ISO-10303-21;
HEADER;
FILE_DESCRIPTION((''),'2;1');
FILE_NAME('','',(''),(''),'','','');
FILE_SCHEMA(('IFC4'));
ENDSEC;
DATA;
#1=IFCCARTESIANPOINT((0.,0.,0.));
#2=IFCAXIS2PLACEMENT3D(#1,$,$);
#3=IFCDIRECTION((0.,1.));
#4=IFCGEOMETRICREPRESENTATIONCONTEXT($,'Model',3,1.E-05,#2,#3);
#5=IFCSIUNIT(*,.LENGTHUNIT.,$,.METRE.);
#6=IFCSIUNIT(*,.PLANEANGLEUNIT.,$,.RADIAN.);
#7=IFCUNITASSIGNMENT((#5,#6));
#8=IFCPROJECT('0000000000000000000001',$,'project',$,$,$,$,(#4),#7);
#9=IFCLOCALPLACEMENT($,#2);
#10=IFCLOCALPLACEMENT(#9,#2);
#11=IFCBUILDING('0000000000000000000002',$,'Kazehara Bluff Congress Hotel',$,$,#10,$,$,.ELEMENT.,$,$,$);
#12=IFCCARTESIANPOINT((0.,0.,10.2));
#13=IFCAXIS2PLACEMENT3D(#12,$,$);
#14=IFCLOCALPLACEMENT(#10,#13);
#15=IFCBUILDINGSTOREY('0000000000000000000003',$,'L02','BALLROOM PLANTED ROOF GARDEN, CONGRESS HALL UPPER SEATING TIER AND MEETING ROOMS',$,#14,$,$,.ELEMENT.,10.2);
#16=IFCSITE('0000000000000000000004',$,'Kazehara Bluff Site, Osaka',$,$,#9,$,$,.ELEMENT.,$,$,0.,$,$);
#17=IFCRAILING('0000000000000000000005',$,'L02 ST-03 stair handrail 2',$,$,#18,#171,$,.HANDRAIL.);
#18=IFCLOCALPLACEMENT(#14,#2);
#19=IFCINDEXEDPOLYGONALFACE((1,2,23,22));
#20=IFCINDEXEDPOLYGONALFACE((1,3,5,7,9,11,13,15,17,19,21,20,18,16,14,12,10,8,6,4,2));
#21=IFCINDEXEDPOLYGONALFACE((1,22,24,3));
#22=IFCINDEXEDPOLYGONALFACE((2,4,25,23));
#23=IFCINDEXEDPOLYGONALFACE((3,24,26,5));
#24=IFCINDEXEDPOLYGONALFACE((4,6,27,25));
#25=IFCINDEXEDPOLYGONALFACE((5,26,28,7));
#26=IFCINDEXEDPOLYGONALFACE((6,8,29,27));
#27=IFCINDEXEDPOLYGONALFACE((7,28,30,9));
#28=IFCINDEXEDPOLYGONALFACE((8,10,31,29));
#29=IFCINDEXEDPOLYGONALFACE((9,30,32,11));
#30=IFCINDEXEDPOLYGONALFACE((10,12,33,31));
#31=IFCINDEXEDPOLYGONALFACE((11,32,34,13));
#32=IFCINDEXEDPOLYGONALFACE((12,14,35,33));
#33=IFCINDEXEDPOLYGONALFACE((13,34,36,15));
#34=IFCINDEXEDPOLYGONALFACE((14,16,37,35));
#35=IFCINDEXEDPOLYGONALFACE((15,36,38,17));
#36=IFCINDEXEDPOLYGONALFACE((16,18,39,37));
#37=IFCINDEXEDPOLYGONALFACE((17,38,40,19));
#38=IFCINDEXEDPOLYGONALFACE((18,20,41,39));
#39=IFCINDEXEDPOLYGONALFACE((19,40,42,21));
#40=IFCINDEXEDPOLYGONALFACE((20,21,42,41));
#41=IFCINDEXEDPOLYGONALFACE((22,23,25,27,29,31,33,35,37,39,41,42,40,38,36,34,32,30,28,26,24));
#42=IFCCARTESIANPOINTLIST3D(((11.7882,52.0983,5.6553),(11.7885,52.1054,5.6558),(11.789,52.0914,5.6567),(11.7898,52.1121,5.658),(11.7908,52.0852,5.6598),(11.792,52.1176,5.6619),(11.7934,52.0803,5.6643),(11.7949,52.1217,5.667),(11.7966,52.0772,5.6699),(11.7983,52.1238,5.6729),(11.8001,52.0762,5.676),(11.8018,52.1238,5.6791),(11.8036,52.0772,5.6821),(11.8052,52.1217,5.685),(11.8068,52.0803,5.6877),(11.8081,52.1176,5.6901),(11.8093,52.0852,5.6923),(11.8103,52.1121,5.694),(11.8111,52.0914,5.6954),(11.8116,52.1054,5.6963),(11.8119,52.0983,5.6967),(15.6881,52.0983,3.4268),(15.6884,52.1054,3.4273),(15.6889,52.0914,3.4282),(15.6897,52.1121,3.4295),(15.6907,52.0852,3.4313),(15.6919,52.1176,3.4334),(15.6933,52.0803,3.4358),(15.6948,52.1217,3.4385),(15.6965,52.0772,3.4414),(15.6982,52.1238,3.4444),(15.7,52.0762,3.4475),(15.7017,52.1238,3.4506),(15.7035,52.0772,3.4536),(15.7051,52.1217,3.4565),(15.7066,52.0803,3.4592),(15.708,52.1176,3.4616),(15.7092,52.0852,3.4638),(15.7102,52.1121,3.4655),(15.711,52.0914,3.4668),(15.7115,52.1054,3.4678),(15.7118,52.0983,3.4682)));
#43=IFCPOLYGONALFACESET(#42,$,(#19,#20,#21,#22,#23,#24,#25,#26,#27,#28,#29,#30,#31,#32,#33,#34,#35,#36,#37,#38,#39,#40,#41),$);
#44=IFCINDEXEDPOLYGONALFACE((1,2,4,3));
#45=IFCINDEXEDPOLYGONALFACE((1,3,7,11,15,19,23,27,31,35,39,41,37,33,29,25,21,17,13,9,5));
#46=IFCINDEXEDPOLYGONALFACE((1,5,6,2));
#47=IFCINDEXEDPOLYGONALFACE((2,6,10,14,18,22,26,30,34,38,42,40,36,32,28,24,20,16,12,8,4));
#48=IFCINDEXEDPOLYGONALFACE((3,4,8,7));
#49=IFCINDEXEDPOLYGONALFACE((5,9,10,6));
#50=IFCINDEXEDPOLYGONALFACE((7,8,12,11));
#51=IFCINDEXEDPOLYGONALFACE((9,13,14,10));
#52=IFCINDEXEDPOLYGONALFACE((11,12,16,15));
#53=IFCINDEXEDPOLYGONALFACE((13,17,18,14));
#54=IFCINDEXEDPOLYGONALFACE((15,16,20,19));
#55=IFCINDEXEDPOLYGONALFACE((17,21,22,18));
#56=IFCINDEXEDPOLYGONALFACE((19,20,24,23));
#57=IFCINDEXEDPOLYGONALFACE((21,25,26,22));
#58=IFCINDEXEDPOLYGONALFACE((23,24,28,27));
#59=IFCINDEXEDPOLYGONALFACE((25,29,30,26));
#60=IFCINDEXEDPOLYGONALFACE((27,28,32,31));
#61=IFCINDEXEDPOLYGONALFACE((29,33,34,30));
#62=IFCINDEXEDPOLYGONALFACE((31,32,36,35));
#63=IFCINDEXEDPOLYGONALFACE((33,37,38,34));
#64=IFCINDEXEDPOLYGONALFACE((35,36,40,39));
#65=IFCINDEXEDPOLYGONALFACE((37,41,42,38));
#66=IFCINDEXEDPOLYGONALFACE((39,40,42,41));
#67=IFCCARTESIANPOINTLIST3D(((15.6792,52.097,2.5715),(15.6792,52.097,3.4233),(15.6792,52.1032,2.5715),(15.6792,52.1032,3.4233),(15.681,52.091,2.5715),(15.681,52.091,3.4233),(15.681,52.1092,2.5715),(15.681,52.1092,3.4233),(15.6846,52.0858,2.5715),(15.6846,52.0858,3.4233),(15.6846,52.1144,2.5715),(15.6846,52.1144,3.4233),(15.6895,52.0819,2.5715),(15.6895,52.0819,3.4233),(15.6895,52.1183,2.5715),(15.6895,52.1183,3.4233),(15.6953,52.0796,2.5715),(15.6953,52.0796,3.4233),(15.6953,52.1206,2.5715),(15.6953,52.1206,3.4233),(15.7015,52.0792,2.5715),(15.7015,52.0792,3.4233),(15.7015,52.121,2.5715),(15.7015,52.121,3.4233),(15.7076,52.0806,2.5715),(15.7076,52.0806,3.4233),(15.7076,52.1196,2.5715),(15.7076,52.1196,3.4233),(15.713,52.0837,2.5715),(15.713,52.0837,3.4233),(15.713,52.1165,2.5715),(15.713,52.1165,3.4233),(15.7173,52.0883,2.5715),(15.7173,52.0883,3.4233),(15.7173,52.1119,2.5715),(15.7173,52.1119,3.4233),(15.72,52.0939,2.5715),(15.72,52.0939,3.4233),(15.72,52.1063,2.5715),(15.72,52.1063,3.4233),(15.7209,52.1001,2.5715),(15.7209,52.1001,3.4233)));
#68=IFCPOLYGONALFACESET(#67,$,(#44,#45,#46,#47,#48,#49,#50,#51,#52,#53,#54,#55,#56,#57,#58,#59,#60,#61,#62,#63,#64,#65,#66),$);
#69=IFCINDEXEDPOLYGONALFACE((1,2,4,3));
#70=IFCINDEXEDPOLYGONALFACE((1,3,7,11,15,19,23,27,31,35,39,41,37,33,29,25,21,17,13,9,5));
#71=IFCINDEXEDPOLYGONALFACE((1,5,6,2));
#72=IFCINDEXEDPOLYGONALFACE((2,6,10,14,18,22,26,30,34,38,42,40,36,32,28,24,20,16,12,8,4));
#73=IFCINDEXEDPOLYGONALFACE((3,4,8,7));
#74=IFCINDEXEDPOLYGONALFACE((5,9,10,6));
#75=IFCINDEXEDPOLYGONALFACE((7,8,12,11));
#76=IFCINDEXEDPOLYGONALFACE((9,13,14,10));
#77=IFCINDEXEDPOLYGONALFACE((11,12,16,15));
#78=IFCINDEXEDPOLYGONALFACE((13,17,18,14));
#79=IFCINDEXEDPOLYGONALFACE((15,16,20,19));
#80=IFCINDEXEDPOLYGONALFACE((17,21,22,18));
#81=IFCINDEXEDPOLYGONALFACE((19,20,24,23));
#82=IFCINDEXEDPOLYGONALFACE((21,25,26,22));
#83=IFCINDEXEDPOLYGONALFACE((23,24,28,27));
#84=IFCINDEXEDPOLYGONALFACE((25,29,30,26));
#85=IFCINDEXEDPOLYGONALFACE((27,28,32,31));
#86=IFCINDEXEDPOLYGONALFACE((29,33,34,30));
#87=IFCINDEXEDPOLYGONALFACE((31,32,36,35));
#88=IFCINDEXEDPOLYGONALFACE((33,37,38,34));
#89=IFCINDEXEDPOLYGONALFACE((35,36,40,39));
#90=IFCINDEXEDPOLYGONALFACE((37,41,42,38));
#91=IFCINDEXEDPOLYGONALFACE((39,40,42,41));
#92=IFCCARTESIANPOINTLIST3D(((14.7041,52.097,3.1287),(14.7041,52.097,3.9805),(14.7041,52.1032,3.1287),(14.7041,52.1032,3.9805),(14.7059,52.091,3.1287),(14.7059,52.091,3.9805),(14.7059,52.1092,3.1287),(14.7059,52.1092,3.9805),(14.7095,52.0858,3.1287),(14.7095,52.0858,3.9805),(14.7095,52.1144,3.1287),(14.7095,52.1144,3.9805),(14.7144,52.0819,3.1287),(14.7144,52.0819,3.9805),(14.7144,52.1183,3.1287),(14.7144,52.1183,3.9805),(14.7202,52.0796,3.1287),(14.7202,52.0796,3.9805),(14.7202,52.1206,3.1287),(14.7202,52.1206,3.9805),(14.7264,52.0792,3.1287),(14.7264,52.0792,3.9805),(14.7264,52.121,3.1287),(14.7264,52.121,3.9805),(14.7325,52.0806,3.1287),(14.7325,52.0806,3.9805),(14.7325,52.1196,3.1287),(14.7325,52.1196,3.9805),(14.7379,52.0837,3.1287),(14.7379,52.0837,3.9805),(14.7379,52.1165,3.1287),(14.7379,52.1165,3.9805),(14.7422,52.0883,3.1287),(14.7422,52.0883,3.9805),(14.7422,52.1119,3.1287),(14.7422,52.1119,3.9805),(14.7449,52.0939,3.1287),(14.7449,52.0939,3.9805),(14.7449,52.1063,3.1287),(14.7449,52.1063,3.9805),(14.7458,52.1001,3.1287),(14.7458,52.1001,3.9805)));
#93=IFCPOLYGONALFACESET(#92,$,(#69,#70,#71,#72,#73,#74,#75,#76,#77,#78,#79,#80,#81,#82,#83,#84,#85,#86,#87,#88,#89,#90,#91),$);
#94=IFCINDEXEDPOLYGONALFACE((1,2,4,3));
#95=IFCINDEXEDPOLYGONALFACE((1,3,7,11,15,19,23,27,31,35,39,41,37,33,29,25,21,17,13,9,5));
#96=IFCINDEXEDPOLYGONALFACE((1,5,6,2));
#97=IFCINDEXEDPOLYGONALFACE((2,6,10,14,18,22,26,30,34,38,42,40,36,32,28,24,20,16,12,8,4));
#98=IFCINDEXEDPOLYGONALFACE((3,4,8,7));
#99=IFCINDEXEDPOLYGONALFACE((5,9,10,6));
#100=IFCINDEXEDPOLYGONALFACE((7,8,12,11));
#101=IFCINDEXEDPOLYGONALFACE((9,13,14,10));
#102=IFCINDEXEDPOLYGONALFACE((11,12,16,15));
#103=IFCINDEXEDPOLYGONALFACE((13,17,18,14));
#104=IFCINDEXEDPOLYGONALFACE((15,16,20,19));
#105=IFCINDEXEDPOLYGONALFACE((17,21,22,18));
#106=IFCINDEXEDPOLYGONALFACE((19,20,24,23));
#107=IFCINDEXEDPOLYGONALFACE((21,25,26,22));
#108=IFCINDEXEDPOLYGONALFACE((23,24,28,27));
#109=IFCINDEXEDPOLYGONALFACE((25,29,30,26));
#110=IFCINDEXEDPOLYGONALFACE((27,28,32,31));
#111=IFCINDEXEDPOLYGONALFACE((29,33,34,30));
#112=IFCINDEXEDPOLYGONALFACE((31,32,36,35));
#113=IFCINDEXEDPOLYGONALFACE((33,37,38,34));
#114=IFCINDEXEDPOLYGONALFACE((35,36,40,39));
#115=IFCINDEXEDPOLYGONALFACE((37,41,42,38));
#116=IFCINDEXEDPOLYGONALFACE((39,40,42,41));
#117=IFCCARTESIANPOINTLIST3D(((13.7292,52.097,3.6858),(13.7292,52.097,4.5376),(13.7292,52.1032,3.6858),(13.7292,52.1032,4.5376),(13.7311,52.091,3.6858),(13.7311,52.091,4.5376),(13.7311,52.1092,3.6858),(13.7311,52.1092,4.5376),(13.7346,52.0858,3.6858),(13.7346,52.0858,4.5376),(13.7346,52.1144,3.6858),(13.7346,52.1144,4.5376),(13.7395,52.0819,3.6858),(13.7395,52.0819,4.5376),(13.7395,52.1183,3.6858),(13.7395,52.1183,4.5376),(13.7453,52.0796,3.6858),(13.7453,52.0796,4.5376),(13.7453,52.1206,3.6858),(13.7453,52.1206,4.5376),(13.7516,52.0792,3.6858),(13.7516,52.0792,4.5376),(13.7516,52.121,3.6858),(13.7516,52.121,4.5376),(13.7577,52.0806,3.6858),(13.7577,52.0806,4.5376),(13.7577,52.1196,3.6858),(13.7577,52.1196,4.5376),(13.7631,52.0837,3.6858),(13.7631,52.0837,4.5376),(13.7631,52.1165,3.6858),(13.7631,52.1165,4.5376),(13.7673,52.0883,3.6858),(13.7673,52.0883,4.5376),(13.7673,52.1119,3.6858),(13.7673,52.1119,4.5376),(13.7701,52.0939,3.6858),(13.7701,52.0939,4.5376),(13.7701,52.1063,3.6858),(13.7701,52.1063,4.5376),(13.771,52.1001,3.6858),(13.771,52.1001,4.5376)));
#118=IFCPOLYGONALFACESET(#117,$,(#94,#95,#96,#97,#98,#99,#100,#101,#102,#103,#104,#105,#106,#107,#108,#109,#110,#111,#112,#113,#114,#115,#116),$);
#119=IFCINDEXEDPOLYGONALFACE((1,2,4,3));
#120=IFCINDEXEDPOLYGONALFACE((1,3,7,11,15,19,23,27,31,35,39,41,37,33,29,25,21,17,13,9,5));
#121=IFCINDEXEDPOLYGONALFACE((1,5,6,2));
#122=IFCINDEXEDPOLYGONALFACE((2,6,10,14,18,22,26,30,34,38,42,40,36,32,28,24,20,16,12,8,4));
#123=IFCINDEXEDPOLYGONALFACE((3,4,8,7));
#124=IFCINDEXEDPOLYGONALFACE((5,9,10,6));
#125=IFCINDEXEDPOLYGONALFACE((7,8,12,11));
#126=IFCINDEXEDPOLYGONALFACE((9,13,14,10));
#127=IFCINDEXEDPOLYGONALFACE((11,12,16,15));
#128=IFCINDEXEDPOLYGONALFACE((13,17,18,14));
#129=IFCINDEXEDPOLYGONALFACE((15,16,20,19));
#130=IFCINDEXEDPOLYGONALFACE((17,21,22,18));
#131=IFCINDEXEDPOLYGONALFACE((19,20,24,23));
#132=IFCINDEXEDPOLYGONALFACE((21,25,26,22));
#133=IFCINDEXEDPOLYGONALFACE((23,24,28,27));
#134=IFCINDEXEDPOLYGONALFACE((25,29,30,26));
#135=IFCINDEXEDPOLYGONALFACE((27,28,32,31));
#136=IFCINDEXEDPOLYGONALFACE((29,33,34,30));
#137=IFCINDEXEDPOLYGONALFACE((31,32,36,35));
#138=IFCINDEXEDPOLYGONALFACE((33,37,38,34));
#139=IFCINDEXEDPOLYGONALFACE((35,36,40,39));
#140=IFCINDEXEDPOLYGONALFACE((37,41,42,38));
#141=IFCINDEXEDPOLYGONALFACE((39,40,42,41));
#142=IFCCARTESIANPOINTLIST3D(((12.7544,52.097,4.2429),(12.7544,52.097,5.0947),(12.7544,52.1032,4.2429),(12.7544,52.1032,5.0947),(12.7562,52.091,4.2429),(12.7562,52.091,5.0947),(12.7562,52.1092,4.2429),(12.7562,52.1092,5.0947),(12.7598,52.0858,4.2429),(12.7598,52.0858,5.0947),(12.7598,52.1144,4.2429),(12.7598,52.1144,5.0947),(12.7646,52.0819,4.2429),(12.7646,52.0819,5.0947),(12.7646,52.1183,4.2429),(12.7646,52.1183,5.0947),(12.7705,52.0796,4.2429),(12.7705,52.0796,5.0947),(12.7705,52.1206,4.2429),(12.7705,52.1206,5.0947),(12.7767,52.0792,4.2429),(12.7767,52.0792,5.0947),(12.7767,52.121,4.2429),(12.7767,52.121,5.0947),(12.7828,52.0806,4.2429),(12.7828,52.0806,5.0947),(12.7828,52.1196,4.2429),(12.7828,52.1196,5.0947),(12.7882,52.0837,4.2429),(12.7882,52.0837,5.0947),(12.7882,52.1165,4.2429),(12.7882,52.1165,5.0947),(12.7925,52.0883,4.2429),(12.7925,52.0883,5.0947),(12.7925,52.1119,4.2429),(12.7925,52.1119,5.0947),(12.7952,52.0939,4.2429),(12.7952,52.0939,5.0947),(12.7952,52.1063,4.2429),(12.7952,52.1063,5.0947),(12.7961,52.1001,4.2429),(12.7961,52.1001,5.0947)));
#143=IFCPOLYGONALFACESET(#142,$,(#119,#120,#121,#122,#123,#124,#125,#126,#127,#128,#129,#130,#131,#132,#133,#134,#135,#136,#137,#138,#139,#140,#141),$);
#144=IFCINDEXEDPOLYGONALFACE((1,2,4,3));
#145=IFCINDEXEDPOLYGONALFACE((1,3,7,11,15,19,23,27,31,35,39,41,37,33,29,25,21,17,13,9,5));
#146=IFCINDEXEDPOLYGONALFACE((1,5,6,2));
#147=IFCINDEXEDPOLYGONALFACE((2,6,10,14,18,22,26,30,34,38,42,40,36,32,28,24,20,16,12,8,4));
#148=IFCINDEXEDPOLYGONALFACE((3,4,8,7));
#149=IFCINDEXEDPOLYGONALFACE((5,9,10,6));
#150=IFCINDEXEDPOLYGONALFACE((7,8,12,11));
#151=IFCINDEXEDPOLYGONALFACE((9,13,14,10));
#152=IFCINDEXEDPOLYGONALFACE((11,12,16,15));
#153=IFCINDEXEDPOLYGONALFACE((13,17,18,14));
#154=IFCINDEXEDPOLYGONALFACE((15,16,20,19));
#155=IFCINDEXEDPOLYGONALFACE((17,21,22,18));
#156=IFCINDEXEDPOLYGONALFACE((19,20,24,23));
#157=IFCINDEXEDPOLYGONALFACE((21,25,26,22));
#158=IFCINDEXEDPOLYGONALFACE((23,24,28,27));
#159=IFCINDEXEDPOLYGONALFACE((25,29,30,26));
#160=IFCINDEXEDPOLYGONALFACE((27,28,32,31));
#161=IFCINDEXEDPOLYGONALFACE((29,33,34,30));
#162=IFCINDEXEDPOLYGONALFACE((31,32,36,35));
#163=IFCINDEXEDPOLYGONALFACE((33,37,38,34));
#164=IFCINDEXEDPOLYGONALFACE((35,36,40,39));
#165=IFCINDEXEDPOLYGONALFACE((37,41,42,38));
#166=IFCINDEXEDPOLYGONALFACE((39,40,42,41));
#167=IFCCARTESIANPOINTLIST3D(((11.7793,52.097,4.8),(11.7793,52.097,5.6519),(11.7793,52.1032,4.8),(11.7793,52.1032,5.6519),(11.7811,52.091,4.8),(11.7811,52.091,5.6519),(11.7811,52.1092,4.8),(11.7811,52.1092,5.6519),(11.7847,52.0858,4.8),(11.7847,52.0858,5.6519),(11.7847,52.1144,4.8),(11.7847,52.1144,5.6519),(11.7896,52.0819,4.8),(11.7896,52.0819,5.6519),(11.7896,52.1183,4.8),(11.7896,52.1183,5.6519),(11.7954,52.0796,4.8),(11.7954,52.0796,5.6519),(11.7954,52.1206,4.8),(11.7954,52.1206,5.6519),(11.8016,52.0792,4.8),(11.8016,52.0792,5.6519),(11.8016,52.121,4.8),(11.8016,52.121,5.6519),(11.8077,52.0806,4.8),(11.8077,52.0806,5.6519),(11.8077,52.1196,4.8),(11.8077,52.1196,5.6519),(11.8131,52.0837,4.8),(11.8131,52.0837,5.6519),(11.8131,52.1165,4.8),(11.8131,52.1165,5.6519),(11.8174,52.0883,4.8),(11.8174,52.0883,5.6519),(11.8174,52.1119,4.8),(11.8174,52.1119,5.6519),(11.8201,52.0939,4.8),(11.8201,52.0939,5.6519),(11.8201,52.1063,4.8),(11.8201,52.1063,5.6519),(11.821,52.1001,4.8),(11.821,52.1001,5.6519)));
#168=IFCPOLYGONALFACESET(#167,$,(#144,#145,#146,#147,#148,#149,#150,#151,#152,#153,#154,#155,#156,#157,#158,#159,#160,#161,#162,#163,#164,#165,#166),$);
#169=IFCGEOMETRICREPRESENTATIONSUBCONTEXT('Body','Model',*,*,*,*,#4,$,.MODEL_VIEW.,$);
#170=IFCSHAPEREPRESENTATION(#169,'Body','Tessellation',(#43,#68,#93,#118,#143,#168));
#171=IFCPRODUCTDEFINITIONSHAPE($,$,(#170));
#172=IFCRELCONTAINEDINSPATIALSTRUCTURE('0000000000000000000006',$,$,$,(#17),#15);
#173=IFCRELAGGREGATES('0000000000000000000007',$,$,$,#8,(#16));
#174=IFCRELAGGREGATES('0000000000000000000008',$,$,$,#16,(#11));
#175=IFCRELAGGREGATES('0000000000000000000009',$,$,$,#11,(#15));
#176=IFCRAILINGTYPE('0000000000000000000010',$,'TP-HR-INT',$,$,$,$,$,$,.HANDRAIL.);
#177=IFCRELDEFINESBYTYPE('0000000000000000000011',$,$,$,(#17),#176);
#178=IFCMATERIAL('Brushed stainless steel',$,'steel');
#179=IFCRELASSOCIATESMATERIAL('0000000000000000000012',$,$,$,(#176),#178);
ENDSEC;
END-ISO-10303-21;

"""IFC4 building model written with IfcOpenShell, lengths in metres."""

from ifc_helpers import new_model, si_unit, direction, frame, origin, origin_2d, place, context, subcontext, project, spatial, circle, extrude, material, type_object, element, save


model = new_model("IFC4")

# Units and contexts
model_context = context("Model", 3, precision=1e-05, world=origin(), true_north=direction((0.0, 1.0)))
body_context = subcontext(model_context, "Body", "Model", "MODEL_VIEW")
ifc_project = project(units=[si_unit("LENGTHUNIT", "METRE"), si_unit("PLANEANGLEUNIT", "RADIAN")], contexts=[model_context])

# Site, building, storey
site_placement = place(None, origin())
site = spatial("IfcSite", under=ifc_project, at=site_placement, Name="Kazehara Bluff Site, Osaka", CompositionType="ELEMENT", RefElevation=0.0)
building_placement = place(site_placement, origin())
building = spatial("IfcBuilding", under=site, at=building_placement, Name="Kazehara Bluff Congress Hotel", CompositionType="ELEMENT")
storey_placement = place(building_placement, frame((0.0, 0.0, 10.2)))
storey = spatial("IfcBuildingStorey", under=building, at=storey_placement, Name="L02", Description="BALLROOM PLANTED ROOF GARDEN, CONGRESS HALL UPPER SEATING TIER AND MEETING ROOMS", CompositionType="ELEMENT", Elevation=10.2)

# Railing
ifc_material_1 = material(Name="Brushed stainless steel", Category="steel")
railing_type_1 = type_object("IfcRailingType", Name="TP-HR-INT", PredefinedType="HANDRAIL", material=ifc_material_1)
railing_1_placement = place(storey_placement, frame((15.7, 52.1001, 2.5715)))
element("IfcRailing", 1, at=railing_1_placement, inside=storey, type_object=railing_type_1, Name="L02 ST-03 stair handrail 2", PredefinedType="HANDRAIL", context=body_context, shape_type="SweptSolid", body=[
    extrude(circle(Radius=0.0239, at=origin_2d()), frame((0.0, 0.0, 0.876), z_axis=(-0.868243, 0.0, 0.496139), x_axis=(0.0, -1.0, 0.0)), (0.0, 0.0, 1.0), 4.4917),
    extrude(circle(Radius=0.021, at=origin_2d()), origin(), (0.0, 0.0, 1.0), 0.8518),
    extrude(circle(Radius=0.021, at=origin_2d()), frame((-0.9751, 0.0, 0.5571)), (0.0, 0.0, 1.0), 0.8518),
    extrude(circle(Radius=0.021, at=origin_2d()), frame((-1.95, 0.0, 1.1143)), (0.0, 0.0, 1.0), 0.8518),
    extrude(circle(Radius=0.021, at=origin_2d()), frame((-2.9248, 0.0, 1.6714)), (0.0, 0.0, 1.0), 0.8518),
    extrude(circle(Radius=0.021, at=origin_2d()), frame((-3.8999, 0.0, 2.2285)), (0.0, 0.0, 1.0), 0.8518),
])

save(model, "model.ifc")
